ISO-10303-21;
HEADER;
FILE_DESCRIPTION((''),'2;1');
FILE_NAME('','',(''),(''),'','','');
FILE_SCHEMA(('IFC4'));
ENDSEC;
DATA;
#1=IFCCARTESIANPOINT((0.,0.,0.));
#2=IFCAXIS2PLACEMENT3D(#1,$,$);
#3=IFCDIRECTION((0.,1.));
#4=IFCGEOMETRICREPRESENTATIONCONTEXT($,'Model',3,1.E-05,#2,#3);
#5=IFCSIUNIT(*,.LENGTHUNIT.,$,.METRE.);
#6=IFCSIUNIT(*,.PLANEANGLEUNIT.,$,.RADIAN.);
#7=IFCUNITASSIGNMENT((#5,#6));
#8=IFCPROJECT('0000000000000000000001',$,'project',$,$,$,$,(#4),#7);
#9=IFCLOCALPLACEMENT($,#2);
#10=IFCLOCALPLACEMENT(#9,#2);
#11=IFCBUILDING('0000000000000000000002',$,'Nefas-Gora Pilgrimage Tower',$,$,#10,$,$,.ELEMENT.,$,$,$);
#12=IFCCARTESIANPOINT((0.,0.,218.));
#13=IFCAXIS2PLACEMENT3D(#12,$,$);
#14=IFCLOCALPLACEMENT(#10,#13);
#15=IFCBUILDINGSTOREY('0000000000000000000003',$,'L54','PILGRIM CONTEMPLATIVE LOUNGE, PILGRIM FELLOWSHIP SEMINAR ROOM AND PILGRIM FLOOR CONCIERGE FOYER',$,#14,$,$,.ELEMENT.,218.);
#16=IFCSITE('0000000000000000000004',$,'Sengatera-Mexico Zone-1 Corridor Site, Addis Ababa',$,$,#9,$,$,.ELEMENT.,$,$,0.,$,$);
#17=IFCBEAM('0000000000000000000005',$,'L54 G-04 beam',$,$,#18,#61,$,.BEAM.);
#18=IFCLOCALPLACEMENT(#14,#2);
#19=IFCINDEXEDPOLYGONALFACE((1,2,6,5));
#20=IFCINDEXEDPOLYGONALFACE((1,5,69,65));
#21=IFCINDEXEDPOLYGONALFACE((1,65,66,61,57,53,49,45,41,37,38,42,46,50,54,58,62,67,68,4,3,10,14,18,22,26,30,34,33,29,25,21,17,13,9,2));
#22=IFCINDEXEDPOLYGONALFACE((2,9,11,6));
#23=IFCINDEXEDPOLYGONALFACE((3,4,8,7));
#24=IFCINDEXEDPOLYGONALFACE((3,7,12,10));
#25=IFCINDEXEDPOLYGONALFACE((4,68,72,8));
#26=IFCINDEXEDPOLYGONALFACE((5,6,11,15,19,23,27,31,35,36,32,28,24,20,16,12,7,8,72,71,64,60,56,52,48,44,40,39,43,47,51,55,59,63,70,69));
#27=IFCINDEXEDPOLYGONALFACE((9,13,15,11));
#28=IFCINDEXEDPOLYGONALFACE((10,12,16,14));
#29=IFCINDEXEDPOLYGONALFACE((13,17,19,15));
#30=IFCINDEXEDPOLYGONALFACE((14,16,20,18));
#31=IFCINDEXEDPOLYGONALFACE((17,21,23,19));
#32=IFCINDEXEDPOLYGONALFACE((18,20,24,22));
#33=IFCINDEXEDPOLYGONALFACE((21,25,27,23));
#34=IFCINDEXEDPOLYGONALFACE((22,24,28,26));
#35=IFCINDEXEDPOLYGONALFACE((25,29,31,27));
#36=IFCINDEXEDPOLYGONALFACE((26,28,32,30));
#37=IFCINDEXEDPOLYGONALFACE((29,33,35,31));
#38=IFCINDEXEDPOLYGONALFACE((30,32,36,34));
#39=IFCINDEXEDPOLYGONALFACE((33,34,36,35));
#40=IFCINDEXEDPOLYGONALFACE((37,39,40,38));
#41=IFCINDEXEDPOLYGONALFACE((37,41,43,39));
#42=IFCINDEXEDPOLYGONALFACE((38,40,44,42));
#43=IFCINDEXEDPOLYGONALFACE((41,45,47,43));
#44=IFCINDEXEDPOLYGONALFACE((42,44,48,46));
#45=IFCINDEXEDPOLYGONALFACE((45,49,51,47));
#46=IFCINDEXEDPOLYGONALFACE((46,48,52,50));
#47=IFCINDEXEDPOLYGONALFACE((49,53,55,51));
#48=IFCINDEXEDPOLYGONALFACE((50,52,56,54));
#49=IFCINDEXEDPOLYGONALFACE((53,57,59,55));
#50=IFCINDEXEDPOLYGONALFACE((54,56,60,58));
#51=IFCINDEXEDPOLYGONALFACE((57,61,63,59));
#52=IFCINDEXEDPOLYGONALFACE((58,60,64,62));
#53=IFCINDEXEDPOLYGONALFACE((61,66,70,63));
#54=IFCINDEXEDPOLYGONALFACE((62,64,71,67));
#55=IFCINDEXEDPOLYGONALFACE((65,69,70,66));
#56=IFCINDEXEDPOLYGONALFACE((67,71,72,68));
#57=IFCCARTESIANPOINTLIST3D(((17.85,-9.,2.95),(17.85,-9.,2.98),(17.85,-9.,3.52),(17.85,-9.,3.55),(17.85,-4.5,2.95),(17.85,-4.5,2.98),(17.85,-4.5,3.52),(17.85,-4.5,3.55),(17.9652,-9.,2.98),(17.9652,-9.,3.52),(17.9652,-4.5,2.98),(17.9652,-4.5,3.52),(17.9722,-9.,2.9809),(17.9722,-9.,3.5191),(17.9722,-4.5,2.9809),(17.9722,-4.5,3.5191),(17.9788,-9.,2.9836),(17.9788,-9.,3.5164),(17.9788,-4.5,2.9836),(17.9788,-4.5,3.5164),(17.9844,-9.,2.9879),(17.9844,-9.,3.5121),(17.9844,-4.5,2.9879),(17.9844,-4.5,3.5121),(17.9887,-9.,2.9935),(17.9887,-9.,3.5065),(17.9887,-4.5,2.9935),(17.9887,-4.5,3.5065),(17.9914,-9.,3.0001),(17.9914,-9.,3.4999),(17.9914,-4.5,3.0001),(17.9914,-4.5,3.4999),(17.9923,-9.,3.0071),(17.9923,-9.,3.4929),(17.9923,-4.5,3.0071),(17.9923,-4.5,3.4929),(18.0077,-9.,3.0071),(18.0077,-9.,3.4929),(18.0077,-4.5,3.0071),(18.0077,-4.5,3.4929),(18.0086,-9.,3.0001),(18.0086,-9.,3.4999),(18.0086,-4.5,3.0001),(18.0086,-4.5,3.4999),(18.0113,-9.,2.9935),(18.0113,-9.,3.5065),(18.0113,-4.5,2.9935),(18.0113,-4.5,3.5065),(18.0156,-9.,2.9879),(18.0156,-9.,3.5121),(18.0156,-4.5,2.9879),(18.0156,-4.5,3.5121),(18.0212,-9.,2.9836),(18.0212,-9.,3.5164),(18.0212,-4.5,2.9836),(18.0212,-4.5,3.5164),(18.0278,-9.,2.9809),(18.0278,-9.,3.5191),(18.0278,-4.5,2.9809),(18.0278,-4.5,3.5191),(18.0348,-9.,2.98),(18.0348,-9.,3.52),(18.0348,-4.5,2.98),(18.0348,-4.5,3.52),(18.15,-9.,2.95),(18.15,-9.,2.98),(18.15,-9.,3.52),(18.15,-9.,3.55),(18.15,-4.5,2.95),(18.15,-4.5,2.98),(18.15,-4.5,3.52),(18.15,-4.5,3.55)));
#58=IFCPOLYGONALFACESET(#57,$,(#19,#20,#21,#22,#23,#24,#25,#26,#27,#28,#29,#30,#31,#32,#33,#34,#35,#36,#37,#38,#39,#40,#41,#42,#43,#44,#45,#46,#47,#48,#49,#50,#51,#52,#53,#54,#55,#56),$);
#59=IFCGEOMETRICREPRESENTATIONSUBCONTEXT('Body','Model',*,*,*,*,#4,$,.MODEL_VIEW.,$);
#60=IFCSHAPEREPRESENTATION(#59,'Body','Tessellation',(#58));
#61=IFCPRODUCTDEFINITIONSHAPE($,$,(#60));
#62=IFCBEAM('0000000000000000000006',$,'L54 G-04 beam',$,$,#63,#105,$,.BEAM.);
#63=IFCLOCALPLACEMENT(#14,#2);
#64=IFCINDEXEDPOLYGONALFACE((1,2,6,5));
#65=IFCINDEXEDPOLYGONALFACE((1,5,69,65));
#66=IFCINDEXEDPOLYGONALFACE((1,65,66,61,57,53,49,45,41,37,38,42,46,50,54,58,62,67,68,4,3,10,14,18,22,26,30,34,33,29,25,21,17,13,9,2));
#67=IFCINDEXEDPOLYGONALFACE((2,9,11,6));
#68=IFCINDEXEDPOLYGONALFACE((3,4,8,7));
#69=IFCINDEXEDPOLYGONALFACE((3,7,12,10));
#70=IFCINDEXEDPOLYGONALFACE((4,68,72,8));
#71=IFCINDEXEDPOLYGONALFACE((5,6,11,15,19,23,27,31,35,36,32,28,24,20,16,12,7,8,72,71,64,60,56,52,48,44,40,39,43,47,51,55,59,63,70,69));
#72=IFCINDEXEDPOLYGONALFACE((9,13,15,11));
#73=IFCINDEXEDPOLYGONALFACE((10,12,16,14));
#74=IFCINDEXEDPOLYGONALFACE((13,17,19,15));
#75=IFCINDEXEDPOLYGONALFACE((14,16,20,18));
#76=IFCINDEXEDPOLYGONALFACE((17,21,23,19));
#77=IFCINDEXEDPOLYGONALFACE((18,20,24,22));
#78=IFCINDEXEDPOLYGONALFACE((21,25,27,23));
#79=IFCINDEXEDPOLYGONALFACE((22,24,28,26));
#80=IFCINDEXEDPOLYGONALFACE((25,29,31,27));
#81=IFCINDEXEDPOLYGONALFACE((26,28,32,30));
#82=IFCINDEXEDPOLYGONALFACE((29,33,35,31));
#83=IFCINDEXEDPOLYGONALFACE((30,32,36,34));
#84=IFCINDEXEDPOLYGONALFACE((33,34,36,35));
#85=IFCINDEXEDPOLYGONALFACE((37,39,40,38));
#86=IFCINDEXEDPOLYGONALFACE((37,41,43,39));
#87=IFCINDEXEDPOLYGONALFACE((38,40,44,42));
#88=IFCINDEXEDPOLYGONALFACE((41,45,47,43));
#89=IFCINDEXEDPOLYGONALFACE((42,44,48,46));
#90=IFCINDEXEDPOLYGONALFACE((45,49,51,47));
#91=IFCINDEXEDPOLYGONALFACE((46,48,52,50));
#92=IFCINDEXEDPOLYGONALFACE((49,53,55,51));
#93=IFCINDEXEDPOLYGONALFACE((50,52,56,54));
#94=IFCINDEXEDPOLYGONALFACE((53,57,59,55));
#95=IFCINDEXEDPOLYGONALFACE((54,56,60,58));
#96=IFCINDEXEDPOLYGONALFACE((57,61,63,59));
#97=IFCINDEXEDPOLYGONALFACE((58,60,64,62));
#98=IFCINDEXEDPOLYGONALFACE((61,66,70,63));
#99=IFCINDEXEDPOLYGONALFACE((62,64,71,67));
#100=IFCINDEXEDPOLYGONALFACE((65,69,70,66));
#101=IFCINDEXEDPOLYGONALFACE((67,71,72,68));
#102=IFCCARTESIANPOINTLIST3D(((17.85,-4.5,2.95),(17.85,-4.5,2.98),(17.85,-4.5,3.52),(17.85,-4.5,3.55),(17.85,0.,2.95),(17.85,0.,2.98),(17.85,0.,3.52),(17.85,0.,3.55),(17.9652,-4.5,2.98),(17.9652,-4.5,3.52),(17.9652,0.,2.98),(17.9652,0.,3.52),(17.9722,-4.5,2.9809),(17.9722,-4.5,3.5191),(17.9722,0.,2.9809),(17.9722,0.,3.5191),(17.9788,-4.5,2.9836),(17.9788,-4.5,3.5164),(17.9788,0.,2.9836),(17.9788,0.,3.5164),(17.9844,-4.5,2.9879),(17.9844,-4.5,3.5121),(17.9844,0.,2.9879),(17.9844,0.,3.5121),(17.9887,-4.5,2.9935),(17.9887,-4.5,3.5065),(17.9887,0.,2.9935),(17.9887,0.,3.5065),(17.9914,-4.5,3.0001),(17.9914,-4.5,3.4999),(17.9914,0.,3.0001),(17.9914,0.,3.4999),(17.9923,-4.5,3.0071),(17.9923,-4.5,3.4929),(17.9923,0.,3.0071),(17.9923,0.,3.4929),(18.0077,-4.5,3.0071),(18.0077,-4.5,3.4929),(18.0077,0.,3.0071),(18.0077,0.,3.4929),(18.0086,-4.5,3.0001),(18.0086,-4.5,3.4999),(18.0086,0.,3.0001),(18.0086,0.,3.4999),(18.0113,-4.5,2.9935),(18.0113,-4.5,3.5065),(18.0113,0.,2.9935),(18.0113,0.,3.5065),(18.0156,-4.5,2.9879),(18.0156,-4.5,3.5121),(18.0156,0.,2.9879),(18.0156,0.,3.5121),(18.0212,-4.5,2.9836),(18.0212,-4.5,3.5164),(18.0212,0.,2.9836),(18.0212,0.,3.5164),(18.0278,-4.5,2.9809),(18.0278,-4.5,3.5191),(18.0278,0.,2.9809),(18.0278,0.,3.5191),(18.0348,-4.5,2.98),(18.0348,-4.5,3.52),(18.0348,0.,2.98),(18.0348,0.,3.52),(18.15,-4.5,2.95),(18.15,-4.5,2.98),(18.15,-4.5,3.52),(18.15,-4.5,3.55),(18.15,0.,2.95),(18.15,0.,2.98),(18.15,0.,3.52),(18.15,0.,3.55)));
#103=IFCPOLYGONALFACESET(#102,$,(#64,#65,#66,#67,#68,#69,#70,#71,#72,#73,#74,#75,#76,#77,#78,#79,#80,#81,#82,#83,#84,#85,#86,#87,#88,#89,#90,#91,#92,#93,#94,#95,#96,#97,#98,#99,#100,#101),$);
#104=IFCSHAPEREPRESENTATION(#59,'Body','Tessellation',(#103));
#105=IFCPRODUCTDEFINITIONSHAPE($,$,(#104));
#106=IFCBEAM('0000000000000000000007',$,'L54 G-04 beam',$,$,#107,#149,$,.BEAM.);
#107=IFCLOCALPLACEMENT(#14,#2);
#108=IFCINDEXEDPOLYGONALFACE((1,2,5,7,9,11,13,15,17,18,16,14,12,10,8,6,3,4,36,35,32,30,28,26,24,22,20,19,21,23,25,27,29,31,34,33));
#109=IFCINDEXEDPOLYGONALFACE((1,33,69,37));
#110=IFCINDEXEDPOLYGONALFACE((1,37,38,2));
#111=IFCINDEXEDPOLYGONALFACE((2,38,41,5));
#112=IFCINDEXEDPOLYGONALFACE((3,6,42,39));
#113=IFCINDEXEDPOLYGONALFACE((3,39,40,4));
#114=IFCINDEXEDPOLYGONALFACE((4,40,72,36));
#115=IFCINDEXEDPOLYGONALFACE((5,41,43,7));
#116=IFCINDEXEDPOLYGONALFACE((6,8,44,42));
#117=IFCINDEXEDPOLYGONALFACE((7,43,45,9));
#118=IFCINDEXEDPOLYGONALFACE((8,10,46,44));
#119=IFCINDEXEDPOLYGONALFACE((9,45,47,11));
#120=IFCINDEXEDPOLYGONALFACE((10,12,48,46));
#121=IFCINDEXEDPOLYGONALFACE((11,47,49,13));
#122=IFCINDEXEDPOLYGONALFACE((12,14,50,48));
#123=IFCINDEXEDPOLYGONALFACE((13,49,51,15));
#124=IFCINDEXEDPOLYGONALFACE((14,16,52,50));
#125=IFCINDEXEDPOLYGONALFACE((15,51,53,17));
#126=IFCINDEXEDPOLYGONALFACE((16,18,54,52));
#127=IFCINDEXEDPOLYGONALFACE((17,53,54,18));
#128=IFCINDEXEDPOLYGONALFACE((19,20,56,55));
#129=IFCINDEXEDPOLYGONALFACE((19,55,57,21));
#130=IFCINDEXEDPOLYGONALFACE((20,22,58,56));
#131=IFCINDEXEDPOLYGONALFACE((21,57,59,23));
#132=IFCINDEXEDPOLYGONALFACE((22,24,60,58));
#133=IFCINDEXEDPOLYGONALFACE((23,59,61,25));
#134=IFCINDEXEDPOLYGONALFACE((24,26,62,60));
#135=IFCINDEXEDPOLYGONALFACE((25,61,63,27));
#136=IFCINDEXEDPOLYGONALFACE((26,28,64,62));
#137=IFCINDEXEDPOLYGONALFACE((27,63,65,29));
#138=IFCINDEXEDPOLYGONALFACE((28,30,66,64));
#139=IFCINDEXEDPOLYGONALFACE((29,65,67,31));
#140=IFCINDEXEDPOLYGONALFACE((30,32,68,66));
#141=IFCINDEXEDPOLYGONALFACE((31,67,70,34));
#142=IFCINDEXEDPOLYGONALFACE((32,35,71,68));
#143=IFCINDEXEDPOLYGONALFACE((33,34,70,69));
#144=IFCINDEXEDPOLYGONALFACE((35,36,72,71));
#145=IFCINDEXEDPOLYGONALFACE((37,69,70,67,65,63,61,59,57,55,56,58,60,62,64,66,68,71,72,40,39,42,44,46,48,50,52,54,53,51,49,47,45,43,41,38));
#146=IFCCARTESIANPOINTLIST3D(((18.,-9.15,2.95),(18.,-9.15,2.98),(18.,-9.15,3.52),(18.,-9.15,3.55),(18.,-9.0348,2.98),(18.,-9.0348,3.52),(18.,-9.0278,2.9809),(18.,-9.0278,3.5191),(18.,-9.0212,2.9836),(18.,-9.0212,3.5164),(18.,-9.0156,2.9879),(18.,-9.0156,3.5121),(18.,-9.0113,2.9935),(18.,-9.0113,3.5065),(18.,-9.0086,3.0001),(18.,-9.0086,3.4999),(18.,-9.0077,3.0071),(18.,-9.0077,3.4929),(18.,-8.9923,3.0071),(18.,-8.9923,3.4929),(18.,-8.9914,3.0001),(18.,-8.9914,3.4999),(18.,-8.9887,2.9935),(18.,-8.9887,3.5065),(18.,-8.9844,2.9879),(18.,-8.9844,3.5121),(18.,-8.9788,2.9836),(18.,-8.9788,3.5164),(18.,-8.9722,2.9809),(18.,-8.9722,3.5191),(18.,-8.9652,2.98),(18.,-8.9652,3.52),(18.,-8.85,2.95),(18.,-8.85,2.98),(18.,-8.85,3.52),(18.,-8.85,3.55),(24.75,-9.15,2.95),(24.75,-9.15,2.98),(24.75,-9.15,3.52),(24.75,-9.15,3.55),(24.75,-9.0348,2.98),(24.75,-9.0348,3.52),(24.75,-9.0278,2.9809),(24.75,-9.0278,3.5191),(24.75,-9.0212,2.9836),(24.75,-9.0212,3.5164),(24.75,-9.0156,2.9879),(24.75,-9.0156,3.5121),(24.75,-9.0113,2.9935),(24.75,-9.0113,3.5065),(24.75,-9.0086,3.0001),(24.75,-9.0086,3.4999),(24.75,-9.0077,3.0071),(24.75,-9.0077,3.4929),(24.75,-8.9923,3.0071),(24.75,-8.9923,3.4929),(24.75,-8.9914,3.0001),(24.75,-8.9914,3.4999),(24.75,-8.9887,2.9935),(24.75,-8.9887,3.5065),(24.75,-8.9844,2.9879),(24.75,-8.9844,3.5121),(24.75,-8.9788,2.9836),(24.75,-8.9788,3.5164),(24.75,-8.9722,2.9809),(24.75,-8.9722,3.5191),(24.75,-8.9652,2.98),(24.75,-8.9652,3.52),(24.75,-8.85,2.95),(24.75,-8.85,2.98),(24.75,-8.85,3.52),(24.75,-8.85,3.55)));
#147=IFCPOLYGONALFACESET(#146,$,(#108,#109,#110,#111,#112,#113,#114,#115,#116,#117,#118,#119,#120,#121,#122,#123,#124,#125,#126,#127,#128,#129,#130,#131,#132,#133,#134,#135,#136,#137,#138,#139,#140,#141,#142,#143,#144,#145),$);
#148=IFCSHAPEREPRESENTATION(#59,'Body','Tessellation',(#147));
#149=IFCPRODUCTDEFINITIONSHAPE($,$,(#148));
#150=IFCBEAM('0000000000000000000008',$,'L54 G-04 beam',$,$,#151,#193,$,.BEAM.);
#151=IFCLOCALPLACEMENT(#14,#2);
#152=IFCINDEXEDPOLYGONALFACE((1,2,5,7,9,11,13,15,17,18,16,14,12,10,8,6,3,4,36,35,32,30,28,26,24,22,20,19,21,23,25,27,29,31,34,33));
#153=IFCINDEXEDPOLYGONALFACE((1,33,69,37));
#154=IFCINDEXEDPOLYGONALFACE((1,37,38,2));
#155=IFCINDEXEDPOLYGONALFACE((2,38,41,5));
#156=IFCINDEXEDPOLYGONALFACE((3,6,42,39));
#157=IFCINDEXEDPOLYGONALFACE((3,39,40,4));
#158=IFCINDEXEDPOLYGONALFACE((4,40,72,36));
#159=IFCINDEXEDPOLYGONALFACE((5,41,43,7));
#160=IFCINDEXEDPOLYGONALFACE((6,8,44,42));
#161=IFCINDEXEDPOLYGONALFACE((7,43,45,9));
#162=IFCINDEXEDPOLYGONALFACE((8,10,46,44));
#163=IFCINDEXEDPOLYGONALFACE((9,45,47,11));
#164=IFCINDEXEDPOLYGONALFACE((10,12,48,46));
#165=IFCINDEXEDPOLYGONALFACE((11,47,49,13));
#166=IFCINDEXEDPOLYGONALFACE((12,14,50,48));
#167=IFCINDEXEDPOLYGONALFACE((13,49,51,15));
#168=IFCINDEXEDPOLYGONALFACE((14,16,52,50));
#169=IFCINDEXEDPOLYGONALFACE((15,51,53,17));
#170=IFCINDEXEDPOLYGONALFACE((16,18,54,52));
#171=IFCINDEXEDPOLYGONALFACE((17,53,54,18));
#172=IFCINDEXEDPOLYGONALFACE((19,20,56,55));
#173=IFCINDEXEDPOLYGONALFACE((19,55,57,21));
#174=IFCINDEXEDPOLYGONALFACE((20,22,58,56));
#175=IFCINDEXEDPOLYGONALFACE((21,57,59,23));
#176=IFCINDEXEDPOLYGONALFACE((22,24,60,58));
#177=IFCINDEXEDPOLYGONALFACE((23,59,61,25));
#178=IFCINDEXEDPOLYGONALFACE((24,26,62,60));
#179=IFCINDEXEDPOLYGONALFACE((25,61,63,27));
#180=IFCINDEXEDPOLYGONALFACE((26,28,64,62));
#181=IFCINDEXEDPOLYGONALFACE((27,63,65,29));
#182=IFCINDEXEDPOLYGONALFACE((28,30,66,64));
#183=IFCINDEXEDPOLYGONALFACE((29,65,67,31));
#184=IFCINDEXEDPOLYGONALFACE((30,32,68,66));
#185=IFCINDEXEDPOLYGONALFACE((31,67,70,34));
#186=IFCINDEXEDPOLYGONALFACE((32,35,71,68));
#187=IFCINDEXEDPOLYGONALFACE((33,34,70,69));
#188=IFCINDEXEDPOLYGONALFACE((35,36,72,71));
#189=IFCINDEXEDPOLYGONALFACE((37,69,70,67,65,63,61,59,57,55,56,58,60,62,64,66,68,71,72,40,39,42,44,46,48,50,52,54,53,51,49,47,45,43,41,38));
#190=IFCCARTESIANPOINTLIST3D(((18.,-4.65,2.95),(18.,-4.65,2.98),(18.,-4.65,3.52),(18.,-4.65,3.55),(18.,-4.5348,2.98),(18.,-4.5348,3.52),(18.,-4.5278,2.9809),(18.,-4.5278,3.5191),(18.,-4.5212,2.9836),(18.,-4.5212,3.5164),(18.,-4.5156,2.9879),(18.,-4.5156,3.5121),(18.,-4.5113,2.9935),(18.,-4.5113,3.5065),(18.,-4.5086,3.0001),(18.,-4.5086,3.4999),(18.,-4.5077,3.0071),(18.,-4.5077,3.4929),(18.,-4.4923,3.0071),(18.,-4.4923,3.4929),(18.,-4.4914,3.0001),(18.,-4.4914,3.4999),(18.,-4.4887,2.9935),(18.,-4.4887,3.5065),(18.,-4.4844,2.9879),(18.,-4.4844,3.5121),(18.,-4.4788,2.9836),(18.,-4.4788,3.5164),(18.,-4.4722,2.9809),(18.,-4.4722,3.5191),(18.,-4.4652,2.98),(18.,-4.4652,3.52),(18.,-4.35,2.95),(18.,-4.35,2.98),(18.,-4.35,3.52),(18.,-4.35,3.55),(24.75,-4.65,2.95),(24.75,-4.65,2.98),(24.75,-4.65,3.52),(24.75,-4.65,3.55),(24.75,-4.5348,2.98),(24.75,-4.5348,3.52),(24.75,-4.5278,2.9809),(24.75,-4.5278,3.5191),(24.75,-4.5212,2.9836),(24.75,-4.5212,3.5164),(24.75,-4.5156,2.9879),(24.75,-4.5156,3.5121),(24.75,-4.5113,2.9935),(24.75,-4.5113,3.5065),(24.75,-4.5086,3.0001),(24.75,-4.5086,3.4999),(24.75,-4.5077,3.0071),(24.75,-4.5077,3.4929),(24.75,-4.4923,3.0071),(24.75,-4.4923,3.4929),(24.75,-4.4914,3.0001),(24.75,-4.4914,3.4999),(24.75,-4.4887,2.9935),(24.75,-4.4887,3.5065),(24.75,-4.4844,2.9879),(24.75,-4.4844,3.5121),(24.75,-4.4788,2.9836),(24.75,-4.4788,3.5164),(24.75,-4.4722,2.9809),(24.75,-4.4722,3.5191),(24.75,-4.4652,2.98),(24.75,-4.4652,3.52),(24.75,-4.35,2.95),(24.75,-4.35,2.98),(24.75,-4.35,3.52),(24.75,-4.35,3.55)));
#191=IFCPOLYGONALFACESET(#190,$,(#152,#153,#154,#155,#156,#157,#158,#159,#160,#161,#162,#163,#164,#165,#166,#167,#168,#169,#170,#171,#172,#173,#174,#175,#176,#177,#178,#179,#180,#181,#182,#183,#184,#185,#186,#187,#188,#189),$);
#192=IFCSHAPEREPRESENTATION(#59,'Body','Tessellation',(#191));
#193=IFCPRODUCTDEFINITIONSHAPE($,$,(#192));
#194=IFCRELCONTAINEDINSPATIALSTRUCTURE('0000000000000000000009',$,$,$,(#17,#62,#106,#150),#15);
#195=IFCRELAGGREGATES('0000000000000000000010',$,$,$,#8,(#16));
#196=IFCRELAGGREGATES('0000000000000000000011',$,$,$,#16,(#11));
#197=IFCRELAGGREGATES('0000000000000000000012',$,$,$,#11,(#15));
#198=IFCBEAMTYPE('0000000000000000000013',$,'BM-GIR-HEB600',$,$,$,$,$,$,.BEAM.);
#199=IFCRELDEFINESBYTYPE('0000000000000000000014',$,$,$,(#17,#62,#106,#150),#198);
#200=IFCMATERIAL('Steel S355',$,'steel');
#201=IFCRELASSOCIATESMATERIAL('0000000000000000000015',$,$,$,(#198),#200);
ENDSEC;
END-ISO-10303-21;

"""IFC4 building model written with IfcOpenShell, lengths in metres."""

from ifc_helpers import new_model, si_unit, direction, frame, origin, origin_2d, place, context, subcontext, project, spatial, i_section, extrude, source, transform, mapped, material, material_profile, profile_set, type_object, element, save


model = new_model("IFC4")

# Units and contexts
model_context = context("Model", 3, precision=1e-05, world=origin(), true_north=direction((0.0, 1.0)))
body_context = subcontext(model_context, "Body", "Model", "MODEL_VIEW")
ifc_project = project(units=[si_unit("LENGTHUNIT", "METRE"), si_unit("PLANEANGLEUNIT", "RADIAN")], contexts=[model_context])

# Site, building, storey
site_placement = place(None, origin())
site = spatial("IfcSite", under=ifc_project, at=site_placement, Name="Sengatera-Mexico Zone-1 Corridor Site, Addis Ababa", CompositionType="ELEMENT", RefElevation=0.0)
building_placement = place(site_placement, origin())
building = spatial("IfcBuilding", under=site, at=building_placement, Name="Nefas-Gora Pilgrimage Tower", CompositionType="ELEMENT")
storey_placement = place(building_placement, frame((0.0, 0.0, 218.0)))
storey = spatial("IfcBuildingStorey", under=building, at=storey_placement, Name="L54", Description="PILGRIM CONTEMPLATIVE LOUNGE, PILGRIM FELLOWSHIP SEMINAR ROOM AND PILGRIM FLOOR CONCIERGE FOYER", CompositionType="ELEMENT", Elevation=218.0)

# Beams
ifc_material_1 = material(Name="Steel S355", Category="steel")
ifc_material_profile_1 = material_profile(ifc_material_1, i_section(OverallWidth=0.3, OverallDepth=0.6001, WebThickness=0.0154, FlangeThickness=0.03, FilletRadius=0.0271, at=origin_2d()), Name="HEB 600")
ifc_profile_set_1 = profile_set([ifc_material_profile_1], Name="Steel S355")
beam_type_1 = type_object("IfcBeamType", Name="BM-GIR-HEB600", PredefinedType="BEAM", material=ifc_profile_set_1)
shared_shape_1 = source(origin(), body_context, "Body", "SweptSolid", [
    extrude(i_section(OverallWidth=0.3, OverallDepth=0.6001, WebThickness=0.0154, FlangeThickness=0.03, FilletRadius=0.0271, at=origin_2d()), origin(), (0.0, 0.0, 1.0), 4.5),
])
for number, where, z_axis, x_axis, name in (
    (1, (18.0, -9.0, 3.25), (0.0, 1.0, 0.0), (-1.0, 0.0, 0.0), "L54 G-04 beam"),
    (2, (18.0, -4.5, 3.25), (0.0, 1.0, 0.0), (-1.0, 0.0, 0.0), "L54 G-04 beam"),
):
    element("IfcBeam", number, at=place(storey_placement, frame(where, z_axis=z_axis, x_axis=x_axis)), inside=storey, type_object=beam_type_1, Name=name, PredefinedType="BEAM", context=body_context, shape_type="MappedRepresentation", body=[
        mapped(shared_shape_1, transform((0.0, 0.0, 0.0), x_axis=(1.0, 0.0, 0.0), y_axis=(0.0, 1.0, 0.0), z_axis=(0.0, 0.0, 1.0), scale=1.0)),
    ])
shared_shape_2 = source(origin(), body_context, "Body", "SweptSolid", [
    extrude(i_section(OverallWidth=0.3, OverallDepth=0.6001, WebThickness=0.0154, FlangeThickness=0.03, FilletRadius=0.0271, at=origin_2d()), origin(), (0.0, 0.0, 1.0), 6.75),
])
for number, where, z_axis, x_axis, name in (
    (3, (18.0, -9.0, 3.25), (1.0, 0.0, 0.0), (0.0, 1.0, 0.0), "L54 G-04 beam"),
    (4, (18.0, -4.5, 3.25), (1.0, 0.0, 0.0), (0.0, 1.0, 0.0), "L54 G-04 beam"),
):
    element("IfcBeam", number, at=place(storey_placement, frame(where, z_axis=z_axis, x_axis=x_axis)), inside=storey, type_object=beam_type_1, Name=name, PredefinedType="BEAM", context=body_context, shape_type="MappedRepresentation", body=[
        mapped(shared_shape_2, transform((0.0, 0.0, 0.0), x_axis=(1.0, 0.0, 0.0), y_axis=(0.0, 1.0, 0.0), z_axis=(0.0, 0.0, 1.0), scale=1.0)),
    ])

save(model, "model.ifc")
